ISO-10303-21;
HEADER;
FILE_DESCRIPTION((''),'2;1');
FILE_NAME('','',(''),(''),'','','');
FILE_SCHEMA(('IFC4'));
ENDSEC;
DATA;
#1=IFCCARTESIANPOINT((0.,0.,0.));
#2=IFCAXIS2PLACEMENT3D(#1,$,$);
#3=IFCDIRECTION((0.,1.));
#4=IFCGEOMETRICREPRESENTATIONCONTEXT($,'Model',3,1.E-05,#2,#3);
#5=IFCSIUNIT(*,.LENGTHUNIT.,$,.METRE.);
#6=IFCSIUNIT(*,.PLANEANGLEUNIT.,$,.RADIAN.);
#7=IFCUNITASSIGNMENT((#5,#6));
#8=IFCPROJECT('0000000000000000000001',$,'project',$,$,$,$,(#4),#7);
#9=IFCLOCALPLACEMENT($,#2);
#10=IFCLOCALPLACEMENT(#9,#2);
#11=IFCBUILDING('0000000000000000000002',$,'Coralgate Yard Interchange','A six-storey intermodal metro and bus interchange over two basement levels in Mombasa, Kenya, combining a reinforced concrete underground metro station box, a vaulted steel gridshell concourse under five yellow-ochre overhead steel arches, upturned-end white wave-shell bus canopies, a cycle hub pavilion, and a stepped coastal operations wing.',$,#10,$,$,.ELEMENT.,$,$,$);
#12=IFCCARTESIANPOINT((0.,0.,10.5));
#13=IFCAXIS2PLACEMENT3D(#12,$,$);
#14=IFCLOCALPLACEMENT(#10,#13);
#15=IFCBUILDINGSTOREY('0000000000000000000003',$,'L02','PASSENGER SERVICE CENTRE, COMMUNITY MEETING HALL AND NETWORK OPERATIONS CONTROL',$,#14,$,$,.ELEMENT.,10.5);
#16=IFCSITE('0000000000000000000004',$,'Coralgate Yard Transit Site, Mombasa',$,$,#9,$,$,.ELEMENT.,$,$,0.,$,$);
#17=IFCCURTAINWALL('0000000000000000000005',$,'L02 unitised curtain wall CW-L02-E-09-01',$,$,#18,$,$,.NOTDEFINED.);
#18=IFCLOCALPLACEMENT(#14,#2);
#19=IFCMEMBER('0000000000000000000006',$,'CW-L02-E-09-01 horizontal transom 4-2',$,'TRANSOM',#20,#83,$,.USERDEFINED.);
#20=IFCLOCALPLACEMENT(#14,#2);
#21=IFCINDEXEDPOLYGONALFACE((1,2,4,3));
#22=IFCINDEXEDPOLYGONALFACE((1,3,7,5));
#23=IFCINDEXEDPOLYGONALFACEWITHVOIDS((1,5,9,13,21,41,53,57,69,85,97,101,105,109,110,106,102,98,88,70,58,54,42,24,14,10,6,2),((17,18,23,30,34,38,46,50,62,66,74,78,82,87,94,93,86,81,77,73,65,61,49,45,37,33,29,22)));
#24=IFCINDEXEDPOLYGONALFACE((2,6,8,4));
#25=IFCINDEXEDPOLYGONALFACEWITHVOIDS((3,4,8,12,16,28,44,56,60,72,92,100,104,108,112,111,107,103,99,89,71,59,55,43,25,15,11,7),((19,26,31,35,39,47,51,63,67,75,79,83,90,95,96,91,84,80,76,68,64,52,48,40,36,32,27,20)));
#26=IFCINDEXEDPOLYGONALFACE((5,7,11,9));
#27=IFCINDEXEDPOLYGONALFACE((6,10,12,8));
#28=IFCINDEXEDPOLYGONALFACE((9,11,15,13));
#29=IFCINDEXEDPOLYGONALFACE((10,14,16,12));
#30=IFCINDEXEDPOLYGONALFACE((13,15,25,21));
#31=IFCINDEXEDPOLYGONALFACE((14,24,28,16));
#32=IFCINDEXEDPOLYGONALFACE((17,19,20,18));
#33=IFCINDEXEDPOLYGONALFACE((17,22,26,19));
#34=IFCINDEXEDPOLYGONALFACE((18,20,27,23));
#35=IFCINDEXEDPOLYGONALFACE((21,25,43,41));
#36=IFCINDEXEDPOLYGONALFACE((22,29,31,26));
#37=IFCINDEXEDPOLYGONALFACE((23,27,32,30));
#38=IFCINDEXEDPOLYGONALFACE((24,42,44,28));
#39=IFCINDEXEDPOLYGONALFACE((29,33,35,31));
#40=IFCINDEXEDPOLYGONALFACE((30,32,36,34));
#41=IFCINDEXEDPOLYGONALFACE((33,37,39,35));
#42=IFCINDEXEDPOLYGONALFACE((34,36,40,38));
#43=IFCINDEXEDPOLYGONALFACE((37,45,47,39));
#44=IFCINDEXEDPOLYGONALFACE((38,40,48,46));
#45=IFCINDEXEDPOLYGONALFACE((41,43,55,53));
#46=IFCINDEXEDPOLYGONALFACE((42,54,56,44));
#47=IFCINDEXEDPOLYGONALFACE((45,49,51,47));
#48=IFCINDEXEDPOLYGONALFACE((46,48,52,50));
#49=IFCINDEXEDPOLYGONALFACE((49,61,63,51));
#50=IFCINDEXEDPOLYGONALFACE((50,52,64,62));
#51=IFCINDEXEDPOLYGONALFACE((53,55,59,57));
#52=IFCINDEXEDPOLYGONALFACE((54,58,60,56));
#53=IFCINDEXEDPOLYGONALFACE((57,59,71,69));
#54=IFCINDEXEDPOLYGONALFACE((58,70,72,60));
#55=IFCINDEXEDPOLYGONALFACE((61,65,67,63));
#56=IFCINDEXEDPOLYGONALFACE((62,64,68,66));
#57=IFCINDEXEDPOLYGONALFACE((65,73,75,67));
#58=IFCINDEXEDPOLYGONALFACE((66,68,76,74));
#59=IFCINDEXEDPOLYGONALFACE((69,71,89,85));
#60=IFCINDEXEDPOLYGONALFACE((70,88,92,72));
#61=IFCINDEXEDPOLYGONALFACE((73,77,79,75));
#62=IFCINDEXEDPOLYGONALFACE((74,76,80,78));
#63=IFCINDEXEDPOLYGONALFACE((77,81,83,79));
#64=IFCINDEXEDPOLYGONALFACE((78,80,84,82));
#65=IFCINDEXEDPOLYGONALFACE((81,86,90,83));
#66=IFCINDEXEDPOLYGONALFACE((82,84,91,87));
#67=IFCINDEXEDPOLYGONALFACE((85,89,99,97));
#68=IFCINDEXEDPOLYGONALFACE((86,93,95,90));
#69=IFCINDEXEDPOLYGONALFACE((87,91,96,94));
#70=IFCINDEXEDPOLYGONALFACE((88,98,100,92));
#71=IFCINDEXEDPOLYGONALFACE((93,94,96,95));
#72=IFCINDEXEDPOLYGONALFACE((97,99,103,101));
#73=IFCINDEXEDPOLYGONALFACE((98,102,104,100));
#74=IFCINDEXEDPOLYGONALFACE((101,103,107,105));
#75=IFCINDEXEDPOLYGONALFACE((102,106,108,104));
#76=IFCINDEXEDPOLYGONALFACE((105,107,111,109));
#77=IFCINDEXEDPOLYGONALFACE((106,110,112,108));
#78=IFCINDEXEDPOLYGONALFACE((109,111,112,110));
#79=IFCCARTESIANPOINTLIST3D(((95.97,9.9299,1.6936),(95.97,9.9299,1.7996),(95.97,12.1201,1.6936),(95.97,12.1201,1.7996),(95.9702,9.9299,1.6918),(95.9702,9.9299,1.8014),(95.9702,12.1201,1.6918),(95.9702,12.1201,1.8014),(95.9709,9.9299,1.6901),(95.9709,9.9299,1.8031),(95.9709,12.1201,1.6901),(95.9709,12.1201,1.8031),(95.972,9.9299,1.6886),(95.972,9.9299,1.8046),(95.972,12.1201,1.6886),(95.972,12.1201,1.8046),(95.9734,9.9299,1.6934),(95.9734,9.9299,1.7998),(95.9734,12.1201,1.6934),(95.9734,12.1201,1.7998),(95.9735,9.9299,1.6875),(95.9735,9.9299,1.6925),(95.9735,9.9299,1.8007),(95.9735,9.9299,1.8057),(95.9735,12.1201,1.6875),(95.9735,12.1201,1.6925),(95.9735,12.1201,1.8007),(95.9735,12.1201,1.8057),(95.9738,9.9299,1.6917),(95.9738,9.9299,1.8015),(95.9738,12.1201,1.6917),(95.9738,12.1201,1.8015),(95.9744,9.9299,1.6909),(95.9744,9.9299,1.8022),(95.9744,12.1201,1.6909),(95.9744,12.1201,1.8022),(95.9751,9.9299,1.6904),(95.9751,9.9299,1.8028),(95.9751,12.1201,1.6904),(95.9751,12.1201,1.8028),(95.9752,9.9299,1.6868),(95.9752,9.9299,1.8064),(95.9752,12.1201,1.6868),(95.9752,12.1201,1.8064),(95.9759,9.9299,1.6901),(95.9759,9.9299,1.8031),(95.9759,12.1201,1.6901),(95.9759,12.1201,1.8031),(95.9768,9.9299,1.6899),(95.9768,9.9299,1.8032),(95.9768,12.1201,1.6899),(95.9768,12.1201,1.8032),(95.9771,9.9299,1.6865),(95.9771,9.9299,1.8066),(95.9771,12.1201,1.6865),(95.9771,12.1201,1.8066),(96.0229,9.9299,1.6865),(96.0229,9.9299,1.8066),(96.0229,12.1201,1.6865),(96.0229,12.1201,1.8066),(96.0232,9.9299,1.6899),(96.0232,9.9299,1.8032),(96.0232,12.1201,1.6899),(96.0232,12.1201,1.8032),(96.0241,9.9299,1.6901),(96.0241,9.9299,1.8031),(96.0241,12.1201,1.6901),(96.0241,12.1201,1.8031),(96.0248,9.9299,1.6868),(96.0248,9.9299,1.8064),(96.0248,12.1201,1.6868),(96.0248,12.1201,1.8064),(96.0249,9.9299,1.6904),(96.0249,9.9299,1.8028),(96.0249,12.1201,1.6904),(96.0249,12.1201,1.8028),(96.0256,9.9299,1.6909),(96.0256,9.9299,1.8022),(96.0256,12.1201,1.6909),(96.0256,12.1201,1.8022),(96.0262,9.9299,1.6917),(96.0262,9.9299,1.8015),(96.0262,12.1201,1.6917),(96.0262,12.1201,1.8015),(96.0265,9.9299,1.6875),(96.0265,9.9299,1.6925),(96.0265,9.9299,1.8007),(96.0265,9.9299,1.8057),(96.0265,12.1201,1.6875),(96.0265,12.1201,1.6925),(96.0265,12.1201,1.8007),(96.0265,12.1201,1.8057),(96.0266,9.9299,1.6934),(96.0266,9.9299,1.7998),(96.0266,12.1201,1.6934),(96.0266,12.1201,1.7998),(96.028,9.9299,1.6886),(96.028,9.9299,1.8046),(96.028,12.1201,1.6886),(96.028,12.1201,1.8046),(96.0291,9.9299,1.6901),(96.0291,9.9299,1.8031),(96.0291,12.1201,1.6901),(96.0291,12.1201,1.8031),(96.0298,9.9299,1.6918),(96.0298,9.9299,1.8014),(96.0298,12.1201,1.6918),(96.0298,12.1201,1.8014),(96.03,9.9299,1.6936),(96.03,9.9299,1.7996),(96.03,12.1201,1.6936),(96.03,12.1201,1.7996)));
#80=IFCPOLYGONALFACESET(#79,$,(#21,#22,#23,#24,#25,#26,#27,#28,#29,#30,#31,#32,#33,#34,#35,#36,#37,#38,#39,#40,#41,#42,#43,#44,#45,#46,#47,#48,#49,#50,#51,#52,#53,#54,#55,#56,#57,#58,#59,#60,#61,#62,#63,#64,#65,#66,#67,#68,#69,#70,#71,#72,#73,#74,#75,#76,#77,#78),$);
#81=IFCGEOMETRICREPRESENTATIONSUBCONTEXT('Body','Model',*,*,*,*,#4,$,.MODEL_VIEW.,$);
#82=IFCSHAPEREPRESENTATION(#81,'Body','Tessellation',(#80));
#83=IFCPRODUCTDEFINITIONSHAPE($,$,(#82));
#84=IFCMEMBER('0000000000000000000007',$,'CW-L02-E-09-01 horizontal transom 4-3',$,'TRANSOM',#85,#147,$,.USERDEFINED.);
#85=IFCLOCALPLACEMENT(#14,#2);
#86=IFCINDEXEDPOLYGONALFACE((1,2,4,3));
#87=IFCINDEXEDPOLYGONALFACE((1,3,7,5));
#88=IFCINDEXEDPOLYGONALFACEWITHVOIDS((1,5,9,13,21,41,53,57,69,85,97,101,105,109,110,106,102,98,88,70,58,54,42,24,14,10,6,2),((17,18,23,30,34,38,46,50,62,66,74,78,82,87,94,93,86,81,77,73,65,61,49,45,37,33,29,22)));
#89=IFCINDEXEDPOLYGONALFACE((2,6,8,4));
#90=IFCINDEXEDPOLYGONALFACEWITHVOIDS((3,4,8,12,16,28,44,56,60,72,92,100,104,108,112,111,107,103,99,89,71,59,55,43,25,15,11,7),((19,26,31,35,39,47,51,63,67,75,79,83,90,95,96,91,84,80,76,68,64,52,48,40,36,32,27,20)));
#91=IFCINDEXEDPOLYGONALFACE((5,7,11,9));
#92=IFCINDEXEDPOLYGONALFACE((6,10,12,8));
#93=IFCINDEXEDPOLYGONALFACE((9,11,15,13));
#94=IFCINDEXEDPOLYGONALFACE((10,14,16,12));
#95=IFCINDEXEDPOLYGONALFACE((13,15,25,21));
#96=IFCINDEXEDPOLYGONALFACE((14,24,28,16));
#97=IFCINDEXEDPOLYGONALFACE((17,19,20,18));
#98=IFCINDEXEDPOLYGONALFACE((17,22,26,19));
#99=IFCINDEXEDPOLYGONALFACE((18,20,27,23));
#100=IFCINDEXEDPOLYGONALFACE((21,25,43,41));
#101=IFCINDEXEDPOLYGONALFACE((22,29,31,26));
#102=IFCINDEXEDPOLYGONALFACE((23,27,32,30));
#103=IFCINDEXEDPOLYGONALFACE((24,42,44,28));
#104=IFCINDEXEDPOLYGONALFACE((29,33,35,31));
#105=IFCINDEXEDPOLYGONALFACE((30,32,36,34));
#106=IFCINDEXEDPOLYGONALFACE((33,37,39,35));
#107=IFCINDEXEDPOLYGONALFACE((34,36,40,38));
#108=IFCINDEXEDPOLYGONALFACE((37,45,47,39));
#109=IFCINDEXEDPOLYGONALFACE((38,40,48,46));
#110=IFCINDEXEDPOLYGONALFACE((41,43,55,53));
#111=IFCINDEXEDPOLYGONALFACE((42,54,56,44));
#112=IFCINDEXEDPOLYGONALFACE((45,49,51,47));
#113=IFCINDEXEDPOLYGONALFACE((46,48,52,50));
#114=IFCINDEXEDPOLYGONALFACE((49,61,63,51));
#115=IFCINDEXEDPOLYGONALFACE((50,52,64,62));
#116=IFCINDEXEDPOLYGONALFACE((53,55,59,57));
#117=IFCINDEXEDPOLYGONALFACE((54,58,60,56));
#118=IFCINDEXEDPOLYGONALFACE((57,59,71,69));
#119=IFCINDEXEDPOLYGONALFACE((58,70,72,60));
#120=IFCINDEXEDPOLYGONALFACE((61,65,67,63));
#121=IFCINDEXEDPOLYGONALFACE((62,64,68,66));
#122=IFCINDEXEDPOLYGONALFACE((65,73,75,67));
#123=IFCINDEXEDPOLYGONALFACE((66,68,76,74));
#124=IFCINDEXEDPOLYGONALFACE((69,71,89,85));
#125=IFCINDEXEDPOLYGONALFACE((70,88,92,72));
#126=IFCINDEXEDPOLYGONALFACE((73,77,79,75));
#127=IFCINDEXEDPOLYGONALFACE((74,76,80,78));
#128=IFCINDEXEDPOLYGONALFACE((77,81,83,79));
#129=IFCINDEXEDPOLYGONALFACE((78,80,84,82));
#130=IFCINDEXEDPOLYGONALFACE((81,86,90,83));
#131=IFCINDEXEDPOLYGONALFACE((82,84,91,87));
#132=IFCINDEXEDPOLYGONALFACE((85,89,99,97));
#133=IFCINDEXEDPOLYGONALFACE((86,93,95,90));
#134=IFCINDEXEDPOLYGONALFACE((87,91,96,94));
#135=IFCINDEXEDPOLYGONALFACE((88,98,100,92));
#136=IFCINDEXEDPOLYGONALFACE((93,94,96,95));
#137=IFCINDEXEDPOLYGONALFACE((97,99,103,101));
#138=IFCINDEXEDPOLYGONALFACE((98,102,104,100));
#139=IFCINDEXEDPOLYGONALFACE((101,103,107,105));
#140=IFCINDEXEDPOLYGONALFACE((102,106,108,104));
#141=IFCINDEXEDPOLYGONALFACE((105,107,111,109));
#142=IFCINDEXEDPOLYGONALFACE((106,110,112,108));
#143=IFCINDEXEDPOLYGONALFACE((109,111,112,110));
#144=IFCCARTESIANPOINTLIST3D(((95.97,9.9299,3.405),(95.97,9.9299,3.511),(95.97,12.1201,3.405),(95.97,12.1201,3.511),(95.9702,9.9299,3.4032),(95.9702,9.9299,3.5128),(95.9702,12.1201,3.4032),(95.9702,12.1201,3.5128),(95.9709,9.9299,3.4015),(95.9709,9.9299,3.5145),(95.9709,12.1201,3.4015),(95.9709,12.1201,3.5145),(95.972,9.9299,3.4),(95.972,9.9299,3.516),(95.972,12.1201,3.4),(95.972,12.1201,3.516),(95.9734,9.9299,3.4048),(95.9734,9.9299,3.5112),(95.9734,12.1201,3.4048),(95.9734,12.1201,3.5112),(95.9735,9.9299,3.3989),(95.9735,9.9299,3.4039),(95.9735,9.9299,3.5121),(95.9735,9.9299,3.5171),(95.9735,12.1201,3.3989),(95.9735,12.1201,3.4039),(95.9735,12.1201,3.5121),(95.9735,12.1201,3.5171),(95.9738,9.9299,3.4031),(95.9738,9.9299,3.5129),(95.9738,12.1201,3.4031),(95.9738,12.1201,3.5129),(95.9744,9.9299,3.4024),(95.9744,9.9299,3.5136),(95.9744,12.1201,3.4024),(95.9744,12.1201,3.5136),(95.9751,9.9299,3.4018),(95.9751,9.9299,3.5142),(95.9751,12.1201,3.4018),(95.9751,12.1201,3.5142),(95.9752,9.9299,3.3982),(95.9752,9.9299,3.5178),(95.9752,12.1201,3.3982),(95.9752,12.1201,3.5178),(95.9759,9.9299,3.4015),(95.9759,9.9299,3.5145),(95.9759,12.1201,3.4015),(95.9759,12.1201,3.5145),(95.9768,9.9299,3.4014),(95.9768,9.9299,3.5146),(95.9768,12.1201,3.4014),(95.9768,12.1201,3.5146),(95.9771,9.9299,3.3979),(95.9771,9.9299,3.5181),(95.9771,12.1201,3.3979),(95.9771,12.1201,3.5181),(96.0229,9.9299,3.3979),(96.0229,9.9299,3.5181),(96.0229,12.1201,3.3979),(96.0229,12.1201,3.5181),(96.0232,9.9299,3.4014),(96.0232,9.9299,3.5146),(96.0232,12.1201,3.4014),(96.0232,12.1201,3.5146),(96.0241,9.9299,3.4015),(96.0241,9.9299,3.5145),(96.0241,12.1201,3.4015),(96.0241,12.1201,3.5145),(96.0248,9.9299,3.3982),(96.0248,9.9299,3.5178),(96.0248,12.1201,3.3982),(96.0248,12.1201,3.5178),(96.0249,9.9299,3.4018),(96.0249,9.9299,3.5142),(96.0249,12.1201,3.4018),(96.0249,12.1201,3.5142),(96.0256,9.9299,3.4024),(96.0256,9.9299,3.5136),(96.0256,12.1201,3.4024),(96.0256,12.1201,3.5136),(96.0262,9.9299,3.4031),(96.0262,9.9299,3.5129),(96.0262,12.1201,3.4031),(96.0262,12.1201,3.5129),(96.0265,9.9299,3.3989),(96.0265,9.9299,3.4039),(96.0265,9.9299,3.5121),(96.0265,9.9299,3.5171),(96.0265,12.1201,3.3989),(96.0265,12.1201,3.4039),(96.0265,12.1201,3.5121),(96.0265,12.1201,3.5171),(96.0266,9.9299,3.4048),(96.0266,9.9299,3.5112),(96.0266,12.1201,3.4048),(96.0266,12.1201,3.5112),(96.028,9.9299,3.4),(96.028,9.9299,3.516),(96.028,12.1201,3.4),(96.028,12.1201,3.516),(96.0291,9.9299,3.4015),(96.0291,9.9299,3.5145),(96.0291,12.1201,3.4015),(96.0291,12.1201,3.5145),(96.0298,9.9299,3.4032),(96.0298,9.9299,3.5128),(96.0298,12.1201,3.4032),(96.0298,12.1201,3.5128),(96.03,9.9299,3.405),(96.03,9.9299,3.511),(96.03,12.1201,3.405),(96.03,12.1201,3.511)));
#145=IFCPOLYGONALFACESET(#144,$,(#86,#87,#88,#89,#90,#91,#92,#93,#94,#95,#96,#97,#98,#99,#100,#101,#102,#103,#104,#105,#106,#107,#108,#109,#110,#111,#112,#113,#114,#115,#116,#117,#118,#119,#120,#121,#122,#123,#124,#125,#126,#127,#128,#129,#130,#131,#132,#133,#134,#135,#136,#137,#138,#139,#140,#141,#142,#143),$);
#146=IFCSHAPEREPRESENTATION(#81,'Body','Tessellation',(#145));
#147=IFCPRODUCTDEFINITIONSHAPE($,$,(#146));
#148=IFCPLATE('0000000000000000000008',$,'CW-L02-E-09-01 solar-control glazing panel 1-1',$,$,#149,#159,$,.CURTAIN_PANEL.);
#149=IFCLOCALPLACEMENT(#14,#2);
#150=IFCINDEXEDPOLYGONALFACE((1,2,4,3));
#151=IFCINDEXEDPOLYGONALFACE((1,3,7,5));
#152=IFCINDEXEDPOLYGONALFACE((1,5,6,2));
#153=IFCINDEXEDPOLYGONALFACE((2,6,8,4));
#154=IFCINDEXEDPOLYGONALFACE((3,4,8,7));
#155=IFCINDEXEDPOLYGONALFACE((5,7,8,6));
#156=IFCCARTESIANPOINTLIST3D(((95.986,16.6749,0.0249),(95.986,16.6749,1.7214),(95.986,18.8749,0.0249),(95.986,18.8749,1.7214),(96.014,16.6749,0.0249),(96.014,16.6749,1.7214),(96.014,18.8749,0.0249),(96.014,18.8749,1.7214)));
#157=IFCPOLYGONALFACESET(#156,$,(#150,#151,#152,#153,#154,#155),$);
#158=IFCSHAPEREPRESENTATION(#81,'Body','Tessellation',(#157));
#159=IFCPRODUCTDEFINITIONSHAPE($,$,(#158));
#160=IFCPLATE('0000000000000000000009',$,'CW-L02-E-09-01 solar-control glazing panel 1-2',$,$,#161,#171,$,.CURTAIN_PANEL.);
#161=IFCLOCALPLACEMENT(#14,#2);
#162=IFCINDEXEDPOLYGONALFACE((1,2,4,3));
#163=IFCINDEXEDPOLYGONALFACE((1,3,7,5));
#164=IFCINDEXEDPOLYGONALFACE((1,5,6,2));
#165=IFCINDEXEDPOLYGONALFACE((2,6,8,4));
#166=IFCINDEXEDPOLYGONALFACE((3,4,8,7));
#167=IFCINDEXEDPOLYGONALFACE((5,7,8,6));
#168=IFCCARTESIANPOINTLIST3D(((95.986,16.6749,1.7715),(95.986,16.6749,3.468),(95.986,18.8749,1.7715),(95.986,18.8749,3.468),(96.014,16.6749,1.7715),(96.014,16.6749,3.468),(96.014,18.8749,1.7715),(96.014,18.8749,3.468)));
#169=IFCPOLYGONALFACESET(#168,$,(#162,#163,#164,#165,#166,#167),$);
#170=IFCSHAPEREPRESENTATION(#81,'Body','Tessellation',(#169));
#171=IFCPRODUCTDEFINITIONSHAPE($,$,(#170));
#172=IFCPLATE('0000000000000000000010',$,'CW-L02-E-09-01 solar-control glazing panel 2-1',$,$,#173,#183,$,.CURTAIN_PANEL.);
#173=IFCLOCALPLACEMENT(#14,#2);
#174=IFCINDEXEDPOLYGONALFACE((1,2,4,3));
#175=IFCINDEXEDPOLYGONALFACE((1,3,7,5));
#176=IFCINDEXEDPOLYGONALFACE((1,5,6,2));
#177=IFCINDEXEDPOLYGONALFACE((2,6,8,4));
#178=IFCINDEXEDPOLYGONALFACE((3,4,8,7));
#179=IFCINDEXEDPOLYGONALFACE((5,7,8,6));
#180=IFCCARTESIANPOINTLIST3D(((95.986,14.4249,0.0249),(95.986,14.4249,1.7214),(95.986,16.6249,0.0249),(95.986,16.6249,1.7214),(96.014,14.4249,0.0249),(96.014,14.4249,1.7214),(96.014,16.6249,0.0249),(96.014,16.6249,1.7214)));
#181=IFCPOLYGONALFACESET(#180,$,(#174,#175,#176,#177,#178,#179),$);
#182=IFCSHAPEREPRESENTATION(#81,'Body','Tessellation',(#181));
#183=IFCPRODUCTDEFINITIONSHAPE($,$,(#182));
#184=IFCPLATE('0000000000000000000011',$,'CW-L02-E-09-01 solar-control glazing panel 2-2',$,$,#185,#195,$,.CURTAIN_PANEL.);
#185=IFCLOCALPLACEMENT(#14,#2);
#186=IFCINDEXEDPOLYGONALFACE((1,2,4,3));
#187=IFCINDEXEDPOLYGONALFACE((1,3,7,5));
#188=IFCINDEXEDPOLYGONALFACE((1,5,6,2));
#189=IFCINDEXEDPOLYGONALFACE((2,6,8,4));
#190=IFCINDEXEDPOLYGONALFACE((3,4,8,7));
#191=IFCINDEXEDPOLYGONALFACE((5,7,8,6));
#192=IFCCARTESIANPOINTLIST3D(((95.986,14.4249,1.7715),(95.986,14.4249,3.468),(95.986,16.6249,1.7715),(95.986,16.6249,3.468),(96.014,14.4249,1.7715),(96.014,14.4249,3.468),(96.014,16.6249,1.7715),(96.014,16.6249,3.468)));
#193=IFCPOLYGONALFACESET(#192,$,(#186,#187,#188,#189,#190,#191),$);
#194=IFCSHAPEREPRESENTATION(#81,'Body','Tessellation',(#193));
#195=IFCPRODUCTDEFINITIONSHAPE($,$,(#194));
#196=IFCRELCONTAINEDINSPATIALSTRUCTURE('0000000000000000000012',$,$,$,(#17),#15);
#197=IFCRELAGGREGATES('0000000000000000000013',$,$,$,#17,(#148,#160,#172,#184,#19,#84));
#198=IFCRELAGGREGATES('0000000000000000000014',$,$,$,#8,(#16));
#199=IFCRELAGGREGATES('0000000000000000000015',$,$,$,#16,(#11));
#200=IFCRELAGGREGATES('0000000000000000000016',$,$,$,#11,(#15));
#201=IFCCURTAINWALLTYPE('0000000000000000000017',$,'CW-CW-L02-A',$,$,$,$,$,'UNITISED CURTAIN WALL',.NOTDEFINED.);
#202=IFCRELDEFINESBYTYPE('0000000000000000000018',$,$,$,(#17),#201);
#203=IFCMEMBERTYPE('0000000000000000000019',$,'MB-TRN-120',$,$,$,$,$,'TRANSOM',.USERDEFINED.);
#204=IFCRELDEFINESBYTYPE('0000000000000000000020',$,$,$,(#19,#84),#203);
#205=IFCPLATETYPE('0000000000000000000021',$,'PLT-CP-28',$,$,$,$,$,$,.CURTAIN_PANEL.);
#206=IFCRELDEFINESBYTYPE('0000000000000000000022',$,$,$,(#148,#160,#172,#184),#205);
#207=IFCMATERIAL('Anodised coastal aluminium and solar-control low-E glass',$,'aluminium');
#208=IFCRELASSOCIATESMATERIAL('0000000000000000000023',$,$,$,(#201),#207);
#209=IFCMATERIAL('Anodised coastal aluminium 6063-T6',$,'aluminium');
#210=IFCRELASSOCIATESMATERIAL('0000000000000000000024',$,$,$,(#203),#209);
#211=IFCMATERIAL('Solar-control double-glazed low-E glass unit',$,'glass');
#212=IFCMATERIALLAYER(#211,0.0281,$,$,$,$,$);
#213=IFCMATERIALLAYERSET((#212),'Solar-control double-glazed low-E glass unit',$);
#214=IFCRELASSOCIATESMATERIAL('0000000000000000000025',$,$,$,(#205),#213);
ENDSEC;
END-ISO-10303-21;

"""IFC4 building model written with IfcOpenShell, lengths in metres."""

from ifc_helpers import new_model, si_unit, direction, frame, origin, origin_2d, place, context, subcontext, project, spatial, rectangle, hollow_rectangle, extrude, material, layer, layer_set, material_profile, profile_set, type_object, element, aggregate, save


model = new_model("IFC4")

# Units and contexts
model_context = context("Model", 3, precision=1e-05, world=origin(), true_north=direction((0.0, 1.0)))
body_context = subcontext(model_context, "Body", "Model", "MODEL_VIEW")
ifc_project = project(units=[si_unit("LENGTHUNIT", "METRE"), si_unit("PLANEANGLEUNIT", "RADIAN")], contexts=[model_context])

# Site, building, storey
site_placement = place(None, origin())
site = spatial("IfcSite", under=ifc_project, at=site_placement, Name="Coralgate Yard Transit Site, Mombasa", CompositionType="ELEMENT", RefElevation=0.0)
building_placement = place(site_placement, origin())
building = spatial("IfcBuilding", under=site, at=building_placement, Name="Coralgate Yard Interchange", Description="A six-storey intermodal metro and bus interchange over two basement levels in Mombasa, Kenya, combining a reinforced concrete underground metro station box, a vaulted steel gridshell concourse under five yellow-ochre overhead steel arches, upturned-end white wave-shell bus canopies, a cycle hub pavilion, and a stepped coastal operations wing.", CompositionType="ELEMENT")
storey_placement = place(building_placement, frame((0.0, 0.0, 10.5)))
storey = spatial("IfcBuildingStorey", under=building, at=storey_placement, Name="L02", Description="PASSENGER SERVICE CENTRE, COMMUNITY MEETING HALL AND NETWORK OPERATIONS CONTROL", CompositionType="ELEMENT", Elevation=10.5)

# Shared definitions
ifc_material_1 = material(Name="Anodised coastal aluminium and solar-control low-E glass", Category="aluminium")
curtain_wall_type = type_object("IfcCurtainWallType", Name="CW-CW-L02-A", ElementType="UNITISED CURTAIN WALL", PredefinedType="NOTDEFINED", material=ifc_material_1)
ifc_material_2 = material(Name="Anodised coastal aluminium 6063-T6", Category="aluminium")

# Curtain wall
curtain_wall_1_placement = place(storey_placement, origin())
curtain_wall_1 = element("IfcCurtainWall", 1, at=curtain_wall_1_placement, inside=storey, type_object=curtain_wall_type, Name="L02 unitised curtain wall CW-L02-E-09-01", PredefinedType="NOTDEFINED")

# Members
ifc_material_profile_1 = material_profile(ifc_material_2, hollow_rectangle(XDim=0.0601, YDim=0.1201, WallThickness=0.0034, InnerFilletRadius=0.0034, OuterFilletRadius=0.0071, at=origin_2d()), Name="ALU 60x120x3.5")
ifc_profile_set_1 = profile_set([ifc_material_profile_1], Name="Anodised coastal aluminium 6063-T6")
member_type_1 = type_object("IfcMemberType", Name="MB-TRN-120", ElementType="TRANSOM", PredefinedType="USERDEFINED", material=ifc_profile_set_1)
member_1_placement = place(storey_placement, frame((96.0, 12.1201, 1.7466), z_axis=(0.0, -1.0, 0.0), x_axis=(1.0, 0.0, 0.0)))
member_1 = element("IfcMember", 2, at=member_1_placement, type_object=member_type_1, Name="CW-L02-E-09-01 horizontal transom 4-2", ObjectType="TRANSOM", PredefinedType="USERDEFINED", context=body_context, shape_type="SweptSolid", body=[
    extrude(hollow_rectangle(XDim=0.0601, YDim=0.1201, WallThickness=0.0034, InnerFilletRadius=0.0034, OuterFilletRadius=0.0071, at=origin_2d()), origin(), (0.0, 0.0, 1.0), 2.1902),
])
member_2_placement = place(storey_placement, frame((96.0, 12.1201, 3.458), z_axis=(0.0, -1.0, 0.0), x_axis=(1.0, 0.0, 0.0)))
member_2 = element("IfcMember", 3, at=member_2_placement, type_object=member_type_1, Name="CW-L02-E-09-01 horizontal transom 4-3", ObjectType="TRANSOM", PredefinedType="USERDEFINED", context=body_context, shape_type="SweptSolid", body=[
    extrude(hollow_rectangle(XDim=0.0601, YDim=0.1201, WallThickness=0.0034, InnerFilletRadius=0.0034, OuterFilletRadius=0.0071, at=origin_2d()), origin(), (0.0, 0.0, 1.0), 2.1902),
])

# Plates
ifc_material_3 = material(Name="Solar-control double-glazed low-E glass unit", Category="glass")
ifc_layer = layer(ifc_material_3, 0.0281)
ifc_layer_set = layer_set([ifc_layer], Name="Solar-control double-glazed low-E glass unit")
plate_type = type_object("IfcPlateType", Name="PLT-CP-28", PredefinedType="CURTAIN_PANEL", material=ifc_layer_set)
plate_1_placement = place(storey_placement, frame((96.0, 17.7749, 0.0249), z_axis=(0.0, 0.0, 1.0), x_axis=(0.0, -1.0, 0.0)))
plate_1 = element("IfcPlate", 4, at=plate_1_placement, type_object=plate_type, Name="CW-L02-E-09-01 solar-control glazing panel 1-1", PredefinedType="CURTAIN_PANEL", context=body_context, shape_type="SweptSolid", body=[
    extrude(rectangle(XDim=2.2, YDim=0.0281, at=origin_2d()), origin(), (0.0, 0.0, 1.0), 1.6965),
])
plate_2_placement = place(storey_placement, frame((96.0, 17.7749, 1.7715), z_axis=(0.0, 0.0, 1.0), x_axis=(0.0, -1.0, 0.0)))
plate_2 = element("IfcPlate", 5, at=plate_2_placement, type_object=plate_type, Name="CW-L02-E-09-01 solar-control glazing panel 1-2", PredefinedType="CURTAIN_PANEL", context=body_context, shape_type="SweptSolid", body=[
    extrude(rectangle(XDim=2.2, YDim=0.0281, at=origin_2d()), origin(), (0.0, 0.0, 1.0), 1.6965),
])
plate_3_placement = place(storey_placement, frame((96.0, 15.5249, 0.0249), z_axis=(0.0, 0.0, 1.0), x_axis=(0.0, -1.0, 0.0)))
plate_3 = element("IfcPlate", 6, at=plate_3_placement, type_object=plate_type, Name="CW-L02-E-09-01 solar-control glazing panel 2-1", PredefinedType="CURTAIN_PANEL", context=body_context, shape_type="SweptSolid", body=[
    extrude(rectangle(XDim=2.2, YDim=0.0281, at=origin_2d()), origin(), (0.0, 0.0, 1.0), 1.6965),
])
plate_4_placement = place(storey_placement, frame((96.0, 15.5249, 1.7715), z_axis=(0.0, 0.0, 1.0), x_axis=(0.0, -1.0, 0.0)))
plate_4 = element("IfcPlate", 7, at=plate_4_placement, type_object=plate_type, Name="CW-L02-E-09-01 solar-control glazing panel 2-2", PredefinedType="CURTAIN_PANEL", context=body_context, shape_type="SweptSolid", body=[
    extrude(rectangle(XDim=2.2, YDim=0.0281, at=origin_2d()), origin(), (0.0, 0.0, 1.0), 1.6965),
])
aggregate(curtain_wall_1, [plate_1, plate_2, plate_3, plate_4, member_1, member_2])

save(model, "model.ifc")
